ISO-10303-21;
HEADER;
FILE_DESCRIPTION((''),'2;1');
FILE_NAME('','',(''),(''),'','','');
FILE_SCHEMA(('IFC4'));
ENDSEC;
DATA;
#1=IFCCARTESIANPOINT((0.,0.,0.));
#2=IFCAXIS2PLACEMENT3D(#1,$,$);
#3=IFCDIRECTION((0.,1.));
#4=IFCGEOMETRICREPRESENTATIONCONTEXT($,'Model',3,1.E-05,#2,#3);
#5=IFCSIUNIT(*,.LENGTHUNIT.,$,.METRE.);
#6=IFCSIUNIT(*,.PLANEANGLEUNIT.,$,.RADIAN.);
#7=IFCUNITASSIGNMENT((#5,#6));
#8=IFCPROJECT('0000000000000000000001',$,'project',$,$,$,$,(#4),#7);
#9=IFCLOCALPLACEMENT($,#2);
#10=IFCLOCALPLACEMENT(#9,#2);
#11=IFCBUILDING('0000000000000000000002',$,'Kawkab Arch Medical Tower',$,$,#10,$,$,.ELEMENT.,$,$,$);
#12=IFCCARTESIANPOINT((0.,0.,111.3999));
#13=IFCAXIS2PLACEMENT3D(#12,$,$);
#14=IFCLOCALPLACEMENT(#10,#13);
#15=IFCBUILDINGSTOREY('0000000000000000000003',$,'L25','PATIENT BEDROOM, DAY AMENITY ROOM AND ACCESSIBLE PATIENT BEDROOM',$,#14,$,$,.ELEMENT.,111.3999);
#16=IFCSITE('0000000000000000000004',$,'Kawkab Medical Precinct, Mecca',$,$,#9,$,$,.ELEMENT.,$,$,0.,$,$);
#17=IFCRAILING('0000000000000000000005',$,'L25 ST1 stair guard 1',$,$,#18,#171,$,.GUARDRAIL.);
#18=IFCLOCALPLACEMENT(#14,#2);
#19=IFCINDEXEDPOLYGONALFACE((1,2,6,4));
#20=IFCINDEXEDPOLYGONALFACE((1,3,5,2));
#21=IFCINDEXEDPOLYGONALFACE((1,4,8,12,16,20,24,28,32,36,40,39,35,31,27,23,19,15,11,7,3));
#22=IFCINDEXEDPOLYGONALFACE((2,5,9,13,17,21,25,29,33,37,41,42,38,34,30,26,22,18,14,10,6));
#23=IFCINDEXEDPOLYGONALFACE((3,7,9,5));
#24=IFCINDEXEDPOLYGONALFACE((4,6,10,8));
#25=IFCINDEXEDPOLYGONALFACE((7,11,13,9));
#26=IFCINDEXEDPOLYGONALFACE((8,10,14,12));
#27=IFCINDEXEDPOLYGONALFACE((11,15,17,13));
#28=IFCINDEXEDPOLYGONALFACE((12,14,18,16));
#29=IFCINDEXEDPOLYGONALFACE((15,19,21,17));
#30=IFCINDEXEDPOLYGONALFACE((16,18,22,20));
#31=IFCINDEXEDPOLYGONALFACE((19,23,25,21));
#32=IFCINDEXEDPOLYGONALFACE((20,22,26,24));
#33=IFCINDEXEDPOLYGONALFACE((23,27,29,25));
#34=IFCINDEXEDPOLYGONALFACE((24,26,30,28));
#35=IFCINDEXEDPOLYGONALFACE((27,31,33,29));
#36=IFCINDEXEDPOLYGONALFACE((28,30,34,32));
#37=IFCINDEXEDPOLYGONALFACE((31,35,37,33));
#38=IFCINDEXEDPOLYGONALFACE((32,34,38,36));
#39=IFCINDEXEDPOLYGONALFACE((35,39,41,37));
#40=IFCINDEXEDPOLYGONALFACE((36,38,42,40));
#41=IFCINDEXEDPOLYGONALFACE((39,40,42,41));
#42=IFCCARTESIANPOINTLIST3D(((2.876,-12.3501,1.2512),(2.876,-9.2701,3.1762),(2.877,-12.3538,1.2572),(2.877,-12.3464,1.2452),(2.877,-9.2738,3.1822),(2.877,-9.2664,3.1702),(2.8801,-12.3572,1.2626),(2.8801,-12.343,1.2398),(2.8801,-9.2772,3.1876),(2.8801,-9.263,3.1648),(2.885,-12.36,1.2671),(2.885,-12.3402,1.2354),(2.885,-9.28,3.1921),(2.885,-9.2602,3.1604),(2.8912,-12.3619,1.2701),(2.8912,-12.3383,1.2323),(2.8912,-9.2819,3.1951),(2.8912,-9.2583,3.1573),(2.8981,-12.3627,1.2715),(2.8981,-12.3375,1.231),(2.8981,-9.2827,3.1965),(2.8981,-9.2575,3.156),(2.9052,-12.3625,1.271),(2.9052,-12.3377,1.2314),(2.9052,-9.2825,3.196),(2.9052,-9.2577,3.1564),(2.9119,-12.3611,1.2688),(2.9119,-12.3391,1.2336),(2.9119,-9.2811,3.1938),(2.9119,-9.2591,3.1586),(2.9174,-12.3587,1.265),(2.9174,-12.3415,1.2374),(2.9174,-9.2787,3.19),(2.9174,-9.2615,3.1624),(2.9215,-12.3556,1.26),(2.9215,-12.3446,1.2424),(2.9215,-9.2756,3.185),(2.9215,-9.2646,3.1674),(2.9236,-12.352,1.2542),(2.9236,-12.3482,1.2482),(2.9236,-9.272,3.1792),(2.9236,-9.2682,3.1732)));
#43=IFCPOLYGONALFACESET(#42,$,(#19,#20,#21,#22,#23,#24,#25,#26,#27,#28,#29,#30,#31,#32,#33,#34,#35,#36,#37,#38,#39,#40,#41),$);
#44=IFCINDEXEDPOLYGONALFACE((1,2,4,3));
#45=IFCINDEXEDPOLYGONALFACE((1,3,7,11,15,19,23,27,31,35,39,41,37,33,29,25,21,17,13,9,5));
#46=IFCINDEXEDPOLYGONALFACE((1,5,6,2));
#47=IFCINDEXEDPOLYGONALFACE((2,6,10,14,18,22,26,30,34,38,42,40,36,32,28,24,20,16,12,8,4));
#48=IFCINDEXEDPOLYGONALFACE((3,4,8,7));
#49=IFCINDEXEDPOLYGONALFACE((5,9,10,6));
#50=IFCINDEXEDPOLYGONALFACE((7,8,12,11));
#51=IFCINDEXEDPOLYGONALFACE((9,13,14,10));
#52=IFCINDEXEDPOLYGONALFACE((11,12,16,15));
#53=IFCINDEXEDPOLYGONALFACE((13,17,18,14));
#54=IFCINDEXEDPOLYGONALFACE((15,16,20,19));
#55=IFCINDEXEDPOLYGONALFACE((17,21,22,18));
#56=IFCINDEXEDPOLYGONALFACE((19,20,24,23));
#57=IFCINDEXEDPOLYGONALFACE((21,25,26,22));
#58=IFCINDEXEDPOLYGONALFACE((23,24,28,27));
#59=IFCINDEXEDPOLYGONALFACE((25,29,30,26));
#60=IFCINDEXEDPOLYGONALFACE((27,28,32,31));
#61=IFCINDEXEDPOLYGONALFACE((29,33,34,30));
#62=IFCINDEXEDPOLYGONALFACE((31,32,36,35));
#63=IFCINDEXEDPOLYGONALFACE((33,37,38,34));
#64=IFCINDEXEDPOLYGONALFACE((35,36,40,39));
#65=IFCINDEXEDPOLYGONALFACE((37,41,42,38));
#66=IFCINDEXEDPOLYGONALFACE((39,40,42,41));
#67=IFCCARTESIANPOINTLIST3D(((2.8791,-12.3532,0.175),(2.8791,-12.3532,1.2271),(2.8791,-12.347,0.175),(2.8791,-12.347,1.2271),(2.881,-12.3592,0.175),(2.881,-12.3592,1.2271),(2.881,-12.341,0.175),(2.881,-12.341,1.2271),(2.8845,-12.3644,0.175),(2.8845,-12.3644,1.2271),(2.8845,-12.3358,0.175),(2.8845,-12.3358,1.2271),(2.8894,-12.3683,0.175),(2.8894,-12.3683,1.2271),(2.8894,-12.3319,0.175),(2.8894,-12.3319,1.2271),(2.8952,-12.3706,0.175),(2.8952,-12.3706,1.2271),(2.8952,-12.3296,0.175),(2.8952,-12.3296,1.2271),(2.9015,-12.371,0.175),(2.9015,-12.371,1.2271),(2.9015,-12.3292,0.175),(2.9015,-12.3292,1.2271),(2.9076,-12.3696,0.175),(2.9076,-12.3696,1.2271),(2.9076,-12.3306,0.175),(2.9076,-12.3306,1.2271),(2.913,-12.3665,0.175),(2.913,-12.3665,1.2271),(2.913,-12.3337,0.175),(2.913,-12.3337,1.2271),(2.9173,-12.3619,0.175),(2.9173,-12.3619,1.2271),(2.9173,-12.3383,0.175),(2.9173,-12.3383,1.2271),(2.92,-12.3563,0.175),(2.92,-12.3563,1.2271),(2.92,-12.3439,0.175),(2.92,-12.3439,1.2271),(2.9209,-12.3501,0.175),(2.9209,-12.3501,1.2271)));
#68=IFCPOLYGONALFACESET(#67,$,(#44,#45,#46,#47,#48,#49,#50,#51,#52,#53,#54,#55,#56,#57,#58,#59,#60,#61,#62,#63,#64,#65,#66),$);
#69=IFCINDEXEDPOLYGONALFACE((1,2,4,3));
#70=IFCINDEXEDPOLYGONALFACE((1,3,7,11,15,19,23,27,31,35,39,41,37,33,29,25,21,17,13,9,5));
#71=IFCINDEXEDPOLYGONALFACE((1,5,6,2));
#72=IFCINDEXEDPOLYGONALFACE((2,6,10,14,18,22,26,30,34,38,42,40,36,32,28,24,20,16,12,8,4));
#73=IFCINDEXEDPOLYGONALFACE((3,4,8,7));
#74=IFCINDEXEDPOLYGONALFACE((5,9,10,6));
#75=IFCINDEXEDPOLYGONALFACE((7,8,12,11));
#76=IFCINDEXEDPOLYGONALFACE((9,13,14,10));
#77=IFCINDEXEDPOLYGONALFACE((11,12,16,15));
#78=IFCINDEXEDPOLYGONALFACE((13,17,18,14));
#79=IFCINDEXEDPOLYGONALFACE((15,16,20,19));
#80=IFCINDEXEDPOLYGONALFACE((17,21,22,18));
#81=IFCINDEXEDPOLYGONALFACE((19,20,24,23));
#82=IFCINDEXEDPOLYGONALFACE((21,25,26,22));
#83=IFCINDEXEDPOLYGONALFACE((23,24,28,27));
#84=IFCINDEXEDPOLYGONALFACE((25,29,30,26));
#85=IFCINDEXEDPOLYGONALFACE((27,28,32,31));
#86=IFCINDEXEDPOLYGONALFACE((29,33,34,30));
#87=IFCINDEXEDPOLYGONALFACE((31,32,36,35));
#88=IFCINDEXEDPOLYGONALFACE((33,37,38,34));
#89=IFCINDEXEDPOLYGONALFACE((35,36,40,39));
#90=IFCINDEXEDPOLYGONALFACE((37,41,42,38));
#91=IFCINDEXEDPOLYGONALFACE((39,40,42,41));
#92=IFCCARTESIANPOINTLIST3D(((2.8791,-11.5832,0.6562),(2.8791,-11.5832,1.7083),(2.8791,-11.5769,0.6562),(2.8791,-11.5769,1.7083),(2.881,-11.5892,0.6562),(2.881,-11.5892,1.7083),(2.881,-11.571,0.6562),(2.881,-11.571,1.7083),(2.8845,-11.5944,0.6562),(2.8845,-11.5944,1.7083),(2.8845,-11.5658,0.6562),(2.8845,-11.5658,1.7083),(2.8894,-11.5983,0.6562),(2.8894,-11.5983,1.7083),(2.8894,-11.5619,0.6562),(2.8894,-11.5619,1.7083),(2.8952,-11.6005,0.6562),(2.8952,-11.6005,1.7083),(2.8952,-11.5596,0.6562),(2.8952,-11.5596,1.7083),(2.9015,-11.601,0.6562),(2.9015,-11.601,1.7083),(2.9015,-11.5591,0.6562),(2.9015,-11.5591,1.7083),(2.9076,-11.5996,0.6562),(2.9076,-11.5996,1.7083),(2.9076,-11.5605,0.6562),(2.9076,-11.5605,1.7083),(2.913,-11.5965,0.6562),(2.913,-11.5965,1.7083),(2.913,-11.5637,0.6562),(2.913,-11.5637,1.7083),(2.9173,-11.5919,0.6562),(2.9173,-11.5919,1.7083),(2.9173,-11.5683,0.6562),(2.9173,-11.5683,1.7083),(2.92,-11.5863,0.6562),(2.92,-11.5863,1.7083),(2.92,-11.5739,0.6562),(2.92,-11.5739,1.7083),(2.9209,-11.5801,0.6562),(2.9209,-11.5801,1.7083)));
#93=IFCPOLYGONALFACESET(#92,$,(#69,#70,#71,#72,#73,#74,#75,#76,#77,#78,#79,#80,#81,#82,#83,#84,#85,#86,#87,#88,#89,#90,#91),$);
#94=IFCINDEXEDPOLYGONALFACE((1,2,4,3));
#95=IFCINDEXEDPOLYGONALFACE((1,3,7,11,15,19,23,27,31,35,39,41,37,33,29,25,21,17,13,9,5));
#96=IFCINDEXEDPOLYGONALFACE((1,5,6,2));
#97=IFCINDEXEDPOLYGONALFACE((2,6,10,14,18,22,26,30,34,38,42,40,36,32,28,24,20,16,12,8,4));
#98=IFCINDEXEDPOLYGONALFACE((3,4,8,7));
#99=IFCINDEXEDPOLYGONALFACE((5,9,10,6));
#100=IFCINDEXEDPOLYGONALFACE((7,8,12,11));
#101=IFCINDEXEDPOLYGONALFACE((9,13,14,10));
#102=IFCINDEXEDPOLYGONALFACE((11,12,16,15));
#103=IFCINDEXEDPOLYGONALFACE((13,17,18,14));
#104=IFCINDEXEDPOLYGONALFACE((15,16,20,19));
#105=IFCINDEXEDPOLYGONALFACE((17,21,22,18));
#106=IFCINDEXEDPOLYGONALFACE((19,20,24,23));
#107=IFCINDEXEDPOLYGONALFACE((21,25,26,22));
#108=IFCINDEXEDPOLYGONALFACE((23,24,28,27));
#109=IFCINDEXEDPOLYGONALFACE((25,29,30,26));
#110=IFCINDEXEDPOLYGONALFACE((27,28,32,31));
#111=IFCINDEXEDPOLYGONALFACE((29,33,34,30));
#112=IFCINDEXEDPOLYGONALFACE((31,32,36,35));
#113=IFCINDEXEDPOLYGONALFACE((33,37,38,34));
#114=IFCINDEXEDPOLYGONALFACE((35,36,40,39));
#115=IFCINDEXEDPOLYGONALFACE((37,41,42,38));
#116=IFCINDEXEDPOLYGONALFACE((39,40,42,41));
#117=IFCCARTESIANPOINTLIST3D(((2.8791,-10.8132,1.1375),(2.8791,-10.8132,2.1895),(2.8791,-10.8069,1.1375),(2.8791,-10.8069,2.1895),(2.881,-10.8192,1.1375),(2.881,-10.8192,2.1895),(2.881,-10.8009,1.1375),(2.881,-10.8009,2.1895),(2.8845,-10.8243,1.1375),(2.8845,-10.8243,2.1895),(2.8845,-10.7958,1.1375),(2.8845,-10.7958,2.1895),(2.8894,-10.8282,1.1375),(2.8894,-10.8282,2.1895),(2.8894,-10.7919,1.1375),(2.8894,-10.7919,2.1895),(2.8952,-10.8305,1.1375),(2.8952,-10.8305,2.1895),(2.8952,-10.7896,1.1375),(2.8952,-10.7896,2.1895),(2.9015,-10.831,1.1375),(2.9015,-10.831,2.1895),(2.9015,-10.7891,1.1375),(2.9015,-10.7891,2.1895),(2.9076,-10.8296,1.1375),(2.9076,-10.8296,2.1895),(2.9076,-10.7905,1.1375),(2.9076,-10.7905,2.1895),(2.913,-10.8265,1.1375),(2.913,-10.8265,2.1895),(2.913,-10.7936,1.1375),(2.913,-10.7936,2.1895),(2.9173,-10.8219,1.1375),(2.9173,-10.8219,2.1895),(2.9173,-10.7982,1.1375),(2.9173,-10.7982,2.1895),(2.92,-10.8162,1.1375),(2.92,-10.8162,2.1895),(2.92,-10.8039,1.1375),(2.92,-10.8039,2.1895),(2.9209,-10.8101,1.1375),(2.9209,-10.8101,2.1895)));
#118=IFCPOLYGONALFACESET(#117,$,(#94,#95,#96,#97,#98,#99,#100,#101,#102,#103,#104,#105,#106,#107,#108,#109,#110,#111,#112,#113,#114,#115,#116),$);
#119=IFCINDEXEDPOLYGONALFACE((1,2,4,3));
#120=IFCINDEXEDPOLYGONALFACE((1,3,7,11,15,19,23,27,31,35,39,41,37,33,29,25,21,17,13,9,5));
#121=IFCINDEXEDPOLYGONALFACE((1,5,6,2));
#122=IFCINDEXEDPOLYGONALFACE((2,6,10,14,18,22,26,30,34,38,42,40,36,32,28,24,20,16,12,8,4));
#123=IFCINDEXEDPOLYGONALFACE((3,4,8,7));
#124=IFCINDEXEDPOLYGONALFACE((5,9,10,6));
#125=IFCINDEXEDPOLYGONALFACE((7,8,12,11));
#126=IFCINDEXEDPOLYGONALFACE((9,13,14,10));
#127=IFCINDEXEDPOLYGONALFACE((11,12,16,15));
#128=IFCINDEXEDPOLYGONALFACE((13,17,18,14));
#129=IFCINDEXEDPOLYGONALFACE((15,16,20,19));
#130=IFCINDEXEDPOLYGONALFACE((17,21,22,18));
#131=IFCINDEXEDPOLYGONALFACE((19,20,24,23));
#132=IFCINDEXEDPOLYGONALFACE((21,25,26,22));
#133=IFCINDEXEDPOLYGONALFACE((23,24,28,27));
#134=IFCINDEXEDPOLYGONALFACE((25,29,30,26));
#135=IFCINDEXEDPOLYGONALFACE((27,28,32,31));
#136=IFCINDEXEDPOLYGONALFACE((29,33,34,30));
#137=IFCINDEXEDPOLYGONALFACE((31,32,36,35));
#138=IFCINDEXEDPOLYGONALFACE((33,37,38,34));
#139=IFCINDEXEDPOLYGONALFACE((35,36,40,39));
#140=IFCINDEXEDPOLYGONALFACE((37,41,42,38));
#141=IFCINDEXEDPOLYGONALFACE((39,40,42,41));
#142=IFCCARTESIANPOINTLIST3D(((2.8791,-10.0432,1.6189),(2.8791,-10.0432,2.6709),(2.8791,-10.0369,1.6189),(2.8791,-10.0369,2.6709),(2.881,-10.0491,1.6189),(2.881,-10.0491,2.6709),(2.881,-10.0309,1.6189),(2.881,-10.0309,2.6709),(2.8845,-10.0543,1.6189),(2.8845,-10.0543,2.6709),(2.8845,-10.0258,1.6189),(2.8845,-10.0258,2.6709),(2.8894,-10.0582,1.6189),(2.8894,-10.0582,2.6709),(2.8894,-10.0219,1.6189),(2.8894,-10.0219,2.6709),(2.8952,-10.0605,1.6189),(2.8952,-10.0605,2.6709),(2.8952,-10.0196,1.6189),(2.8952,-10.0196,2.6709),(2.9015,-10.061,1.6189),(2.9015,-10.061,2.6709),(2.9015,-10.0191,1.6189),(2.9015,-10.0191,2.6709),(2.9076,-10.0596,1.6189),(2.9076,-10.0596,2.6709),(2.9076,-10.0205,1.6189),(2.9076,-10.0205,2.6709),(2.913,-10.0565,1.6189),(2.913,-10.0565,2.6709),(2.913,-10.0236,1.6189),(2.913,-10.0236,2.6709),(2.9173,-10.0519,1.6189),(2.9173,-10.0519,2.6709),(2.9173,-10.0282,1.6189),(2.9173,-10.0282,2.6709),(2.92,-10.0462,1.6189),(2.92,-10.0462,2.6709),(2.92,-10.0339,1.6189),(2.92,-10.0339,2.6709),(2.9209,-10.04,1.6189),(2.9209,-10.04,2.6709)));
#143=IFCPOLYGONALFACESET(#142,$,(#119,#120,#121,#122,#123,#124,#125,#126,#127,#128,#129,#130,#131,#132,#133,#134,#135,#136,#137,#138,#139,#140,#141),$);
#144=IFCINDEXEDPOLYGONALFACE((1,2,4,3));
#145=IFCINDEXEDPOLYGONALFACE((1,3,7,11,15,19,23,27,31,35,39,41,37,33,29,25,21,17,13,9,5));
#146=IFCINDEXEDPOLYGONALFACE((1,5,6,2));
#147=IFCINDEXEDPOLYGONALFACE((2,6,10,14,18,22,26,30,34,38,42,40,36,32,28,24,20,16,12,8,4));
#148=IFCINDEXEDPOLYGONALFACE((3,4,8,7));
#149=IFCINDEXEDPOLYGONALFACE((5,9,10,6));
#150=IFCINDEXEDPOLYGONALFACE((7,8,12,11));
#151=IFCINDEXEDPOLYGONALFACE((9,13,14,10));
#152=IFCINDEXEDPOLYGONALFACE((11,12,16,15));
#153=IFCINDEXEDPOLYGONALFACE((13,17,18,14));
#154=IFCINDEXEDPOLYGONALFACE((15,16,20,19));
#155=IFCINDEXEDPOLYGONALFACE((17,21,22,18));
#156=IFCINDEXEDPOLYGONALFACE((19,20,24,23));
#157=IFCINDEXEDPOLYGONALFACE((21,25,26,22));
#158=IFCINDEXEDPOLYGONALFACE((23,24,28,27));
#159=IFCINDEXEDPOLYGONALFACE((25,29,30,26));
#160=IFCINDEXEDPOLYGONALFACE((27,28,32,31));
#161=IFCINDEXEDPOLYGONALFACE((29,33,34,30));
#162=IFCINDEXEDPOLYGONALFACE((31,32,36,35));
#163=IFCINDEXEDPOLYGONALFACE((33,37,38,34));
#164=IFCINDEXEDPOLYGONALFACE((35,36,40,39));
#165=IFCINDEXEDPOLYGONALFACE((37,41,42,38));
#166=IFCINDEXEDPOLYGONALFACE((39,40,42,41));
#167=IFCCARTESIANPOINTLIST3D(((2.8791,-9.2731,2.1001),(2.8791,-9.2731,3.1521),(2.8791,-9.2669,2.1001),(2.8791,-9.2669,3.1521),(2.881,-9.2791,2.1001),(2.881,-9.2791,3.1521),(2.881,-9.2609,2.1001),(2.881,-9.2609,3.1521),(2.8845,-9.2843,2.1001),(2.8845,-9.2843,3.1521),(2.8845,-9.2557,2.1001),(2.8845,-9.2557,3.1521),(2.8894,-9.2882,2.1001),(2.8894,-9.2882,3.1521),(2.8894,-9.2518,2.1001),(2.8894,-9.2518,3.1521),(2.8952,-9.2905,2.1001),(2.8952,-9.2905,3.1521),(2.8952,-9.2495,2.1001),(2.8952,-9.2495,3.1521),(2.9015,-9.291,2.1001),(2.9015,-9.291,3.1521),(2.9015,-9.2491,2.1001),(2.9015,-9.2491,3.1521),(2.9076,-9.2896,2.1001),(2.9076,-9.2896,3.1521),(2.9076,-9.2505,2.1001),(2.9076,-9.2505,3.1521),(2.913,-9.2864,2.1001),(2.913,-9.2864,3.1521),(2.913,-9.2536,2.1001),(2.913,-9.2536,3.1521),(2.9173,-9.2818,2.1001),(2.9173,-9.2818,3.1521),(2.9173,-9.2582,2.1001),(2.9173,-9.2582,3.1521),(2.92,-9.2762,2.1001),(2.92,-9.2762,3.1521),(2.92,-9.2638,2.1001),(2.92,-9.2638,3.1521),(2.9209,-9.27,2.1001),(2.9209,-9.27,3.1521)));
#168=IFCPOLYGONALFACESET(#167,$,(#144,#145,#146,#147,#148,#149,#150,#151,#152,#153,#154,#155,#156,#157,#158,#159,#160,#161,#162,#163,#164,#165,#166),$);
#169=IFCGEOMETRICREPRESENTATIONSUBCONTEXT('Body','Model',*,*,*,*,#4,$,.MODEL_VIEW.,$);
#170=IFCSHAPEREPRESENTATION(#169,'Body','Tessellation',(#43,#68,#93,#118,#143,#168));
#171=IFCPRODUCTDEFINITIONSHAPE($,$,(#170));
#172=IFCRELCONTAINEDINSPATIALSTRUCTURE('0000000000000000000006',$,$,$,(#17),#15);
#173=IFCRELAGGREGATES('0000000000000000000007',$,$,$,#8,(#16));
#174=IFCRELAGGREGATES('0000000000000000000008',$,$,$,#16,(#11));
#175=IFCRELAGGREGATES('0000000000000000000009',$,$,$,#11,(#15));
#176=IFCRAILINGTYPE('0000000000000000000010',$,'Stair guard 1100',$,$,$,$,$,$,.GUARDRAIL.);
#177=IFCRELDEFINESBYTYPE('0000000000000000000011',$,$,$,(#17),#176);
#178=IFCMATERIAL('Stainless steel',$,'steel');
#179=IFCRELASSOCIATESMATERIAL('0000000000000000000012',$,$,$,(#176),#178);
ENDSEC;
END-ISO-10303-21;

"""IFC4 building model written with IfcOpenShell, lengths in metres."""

from ifc_helpers import new_model, si_unit, direction, frame, origin, origin_2d, place, context, subcontext, project, spatial, circle, extrude, material, type_object, element, save


model = new_model("IFC4")

# Units and contexts
model_context = context("Model", 3, precision=1e-05, world=origin(), true_north=direction((0.0, 1.0)))
body_context = subcontext(model_context, "Body", "Model", "MODEL_VIEW")
ifc_project = project(units=[si_unit("LENGTHUNIT", "METRE"), si_unit("PLANEANGLEUNIT", "RADIAN")], contexts=[model_context])

# Site, building, storey
site_placement = place(None, origin())
site = spatial("IfcSite", under=ifc_project, at=site_placement, Name="Kawkab Medical Precinct, Mecca", CompositionType="ELEMENT", RefElevation=0.0)
building_placement = place(site_placement, origin())
building = spatial("IfcBuilding", under=site, at=building_placement, Name="Kawkab Arch Medical Tower", CompositionType="ELEMENT")
storey_placement = place(building_placement, frame((0.0, 0.0, 111.3999)))
storey = spatial("IfcBuildingStorey", under=building, at=storey_placement, Name="L25", Description="PATIENT BEDROOM, DAY AMENITY ROOM AND ACCESSIBLE PATIENT BEDROOM", CompositionType="ELEMENT", Elevation=111.3999)

# Railing
ifc_material_1 = material(Name="Stainless steel", Category="steel")
railing_type = type_object("IfcRailingType", Name="Stair guard 1100", PredefinedType="GUARDRAIL", material=ifc_material_1)
railing_1_placement = place(storey_placement, frame((2.8999, -12.3501, 0.175)))
element("IfcRailing", 1, at=railing_1_placement, inside=storey, type_object=railing_type, Name="L25 ST1 stair guard 1", PredefinedType="GUARDRAIL", context=body_context, shape_type="SweptSolid", body=[
    extrude(circle(Radius=0.0239, at=origin_2d()), frame((0.0, 0.0, 1.0762), z_axis=(0.0, 0.847998, 0.529999), x_axis=(-1.0, 0.0, 0.0)), (0.0, 0.0, 1.0), 3.6321),
    extrude(circle(Radius=0.021, at=origin_2d()), origin(), (0.0, 0.0, 1.0), 1.052),
    extrude(circle(Radius=0.021, at=origin_2d()), frame((0.0, 0.77, 0.4812)), (0.0, 0.0, 1.0), 1.052),
    extrude(circle(Radius=0.021, at=origin_2d()), frame((0.0, 1.54, 0.9624)), (0.0, 0.0, 1.0), 1.052),
    extrude(circle(Radius=0.021, at=origin_2d()), frame((0.0, 2.3101, 1.4438)), (0.0, 0.0, 1.0), 1.052),
    extrude(circle(Radius=0.021, at=origin_2d()), frame((0.0, 3.0801, 1.925)), (0.0, 0.0, 1.0), 1.052),
])

save(model, "model.ifc")
